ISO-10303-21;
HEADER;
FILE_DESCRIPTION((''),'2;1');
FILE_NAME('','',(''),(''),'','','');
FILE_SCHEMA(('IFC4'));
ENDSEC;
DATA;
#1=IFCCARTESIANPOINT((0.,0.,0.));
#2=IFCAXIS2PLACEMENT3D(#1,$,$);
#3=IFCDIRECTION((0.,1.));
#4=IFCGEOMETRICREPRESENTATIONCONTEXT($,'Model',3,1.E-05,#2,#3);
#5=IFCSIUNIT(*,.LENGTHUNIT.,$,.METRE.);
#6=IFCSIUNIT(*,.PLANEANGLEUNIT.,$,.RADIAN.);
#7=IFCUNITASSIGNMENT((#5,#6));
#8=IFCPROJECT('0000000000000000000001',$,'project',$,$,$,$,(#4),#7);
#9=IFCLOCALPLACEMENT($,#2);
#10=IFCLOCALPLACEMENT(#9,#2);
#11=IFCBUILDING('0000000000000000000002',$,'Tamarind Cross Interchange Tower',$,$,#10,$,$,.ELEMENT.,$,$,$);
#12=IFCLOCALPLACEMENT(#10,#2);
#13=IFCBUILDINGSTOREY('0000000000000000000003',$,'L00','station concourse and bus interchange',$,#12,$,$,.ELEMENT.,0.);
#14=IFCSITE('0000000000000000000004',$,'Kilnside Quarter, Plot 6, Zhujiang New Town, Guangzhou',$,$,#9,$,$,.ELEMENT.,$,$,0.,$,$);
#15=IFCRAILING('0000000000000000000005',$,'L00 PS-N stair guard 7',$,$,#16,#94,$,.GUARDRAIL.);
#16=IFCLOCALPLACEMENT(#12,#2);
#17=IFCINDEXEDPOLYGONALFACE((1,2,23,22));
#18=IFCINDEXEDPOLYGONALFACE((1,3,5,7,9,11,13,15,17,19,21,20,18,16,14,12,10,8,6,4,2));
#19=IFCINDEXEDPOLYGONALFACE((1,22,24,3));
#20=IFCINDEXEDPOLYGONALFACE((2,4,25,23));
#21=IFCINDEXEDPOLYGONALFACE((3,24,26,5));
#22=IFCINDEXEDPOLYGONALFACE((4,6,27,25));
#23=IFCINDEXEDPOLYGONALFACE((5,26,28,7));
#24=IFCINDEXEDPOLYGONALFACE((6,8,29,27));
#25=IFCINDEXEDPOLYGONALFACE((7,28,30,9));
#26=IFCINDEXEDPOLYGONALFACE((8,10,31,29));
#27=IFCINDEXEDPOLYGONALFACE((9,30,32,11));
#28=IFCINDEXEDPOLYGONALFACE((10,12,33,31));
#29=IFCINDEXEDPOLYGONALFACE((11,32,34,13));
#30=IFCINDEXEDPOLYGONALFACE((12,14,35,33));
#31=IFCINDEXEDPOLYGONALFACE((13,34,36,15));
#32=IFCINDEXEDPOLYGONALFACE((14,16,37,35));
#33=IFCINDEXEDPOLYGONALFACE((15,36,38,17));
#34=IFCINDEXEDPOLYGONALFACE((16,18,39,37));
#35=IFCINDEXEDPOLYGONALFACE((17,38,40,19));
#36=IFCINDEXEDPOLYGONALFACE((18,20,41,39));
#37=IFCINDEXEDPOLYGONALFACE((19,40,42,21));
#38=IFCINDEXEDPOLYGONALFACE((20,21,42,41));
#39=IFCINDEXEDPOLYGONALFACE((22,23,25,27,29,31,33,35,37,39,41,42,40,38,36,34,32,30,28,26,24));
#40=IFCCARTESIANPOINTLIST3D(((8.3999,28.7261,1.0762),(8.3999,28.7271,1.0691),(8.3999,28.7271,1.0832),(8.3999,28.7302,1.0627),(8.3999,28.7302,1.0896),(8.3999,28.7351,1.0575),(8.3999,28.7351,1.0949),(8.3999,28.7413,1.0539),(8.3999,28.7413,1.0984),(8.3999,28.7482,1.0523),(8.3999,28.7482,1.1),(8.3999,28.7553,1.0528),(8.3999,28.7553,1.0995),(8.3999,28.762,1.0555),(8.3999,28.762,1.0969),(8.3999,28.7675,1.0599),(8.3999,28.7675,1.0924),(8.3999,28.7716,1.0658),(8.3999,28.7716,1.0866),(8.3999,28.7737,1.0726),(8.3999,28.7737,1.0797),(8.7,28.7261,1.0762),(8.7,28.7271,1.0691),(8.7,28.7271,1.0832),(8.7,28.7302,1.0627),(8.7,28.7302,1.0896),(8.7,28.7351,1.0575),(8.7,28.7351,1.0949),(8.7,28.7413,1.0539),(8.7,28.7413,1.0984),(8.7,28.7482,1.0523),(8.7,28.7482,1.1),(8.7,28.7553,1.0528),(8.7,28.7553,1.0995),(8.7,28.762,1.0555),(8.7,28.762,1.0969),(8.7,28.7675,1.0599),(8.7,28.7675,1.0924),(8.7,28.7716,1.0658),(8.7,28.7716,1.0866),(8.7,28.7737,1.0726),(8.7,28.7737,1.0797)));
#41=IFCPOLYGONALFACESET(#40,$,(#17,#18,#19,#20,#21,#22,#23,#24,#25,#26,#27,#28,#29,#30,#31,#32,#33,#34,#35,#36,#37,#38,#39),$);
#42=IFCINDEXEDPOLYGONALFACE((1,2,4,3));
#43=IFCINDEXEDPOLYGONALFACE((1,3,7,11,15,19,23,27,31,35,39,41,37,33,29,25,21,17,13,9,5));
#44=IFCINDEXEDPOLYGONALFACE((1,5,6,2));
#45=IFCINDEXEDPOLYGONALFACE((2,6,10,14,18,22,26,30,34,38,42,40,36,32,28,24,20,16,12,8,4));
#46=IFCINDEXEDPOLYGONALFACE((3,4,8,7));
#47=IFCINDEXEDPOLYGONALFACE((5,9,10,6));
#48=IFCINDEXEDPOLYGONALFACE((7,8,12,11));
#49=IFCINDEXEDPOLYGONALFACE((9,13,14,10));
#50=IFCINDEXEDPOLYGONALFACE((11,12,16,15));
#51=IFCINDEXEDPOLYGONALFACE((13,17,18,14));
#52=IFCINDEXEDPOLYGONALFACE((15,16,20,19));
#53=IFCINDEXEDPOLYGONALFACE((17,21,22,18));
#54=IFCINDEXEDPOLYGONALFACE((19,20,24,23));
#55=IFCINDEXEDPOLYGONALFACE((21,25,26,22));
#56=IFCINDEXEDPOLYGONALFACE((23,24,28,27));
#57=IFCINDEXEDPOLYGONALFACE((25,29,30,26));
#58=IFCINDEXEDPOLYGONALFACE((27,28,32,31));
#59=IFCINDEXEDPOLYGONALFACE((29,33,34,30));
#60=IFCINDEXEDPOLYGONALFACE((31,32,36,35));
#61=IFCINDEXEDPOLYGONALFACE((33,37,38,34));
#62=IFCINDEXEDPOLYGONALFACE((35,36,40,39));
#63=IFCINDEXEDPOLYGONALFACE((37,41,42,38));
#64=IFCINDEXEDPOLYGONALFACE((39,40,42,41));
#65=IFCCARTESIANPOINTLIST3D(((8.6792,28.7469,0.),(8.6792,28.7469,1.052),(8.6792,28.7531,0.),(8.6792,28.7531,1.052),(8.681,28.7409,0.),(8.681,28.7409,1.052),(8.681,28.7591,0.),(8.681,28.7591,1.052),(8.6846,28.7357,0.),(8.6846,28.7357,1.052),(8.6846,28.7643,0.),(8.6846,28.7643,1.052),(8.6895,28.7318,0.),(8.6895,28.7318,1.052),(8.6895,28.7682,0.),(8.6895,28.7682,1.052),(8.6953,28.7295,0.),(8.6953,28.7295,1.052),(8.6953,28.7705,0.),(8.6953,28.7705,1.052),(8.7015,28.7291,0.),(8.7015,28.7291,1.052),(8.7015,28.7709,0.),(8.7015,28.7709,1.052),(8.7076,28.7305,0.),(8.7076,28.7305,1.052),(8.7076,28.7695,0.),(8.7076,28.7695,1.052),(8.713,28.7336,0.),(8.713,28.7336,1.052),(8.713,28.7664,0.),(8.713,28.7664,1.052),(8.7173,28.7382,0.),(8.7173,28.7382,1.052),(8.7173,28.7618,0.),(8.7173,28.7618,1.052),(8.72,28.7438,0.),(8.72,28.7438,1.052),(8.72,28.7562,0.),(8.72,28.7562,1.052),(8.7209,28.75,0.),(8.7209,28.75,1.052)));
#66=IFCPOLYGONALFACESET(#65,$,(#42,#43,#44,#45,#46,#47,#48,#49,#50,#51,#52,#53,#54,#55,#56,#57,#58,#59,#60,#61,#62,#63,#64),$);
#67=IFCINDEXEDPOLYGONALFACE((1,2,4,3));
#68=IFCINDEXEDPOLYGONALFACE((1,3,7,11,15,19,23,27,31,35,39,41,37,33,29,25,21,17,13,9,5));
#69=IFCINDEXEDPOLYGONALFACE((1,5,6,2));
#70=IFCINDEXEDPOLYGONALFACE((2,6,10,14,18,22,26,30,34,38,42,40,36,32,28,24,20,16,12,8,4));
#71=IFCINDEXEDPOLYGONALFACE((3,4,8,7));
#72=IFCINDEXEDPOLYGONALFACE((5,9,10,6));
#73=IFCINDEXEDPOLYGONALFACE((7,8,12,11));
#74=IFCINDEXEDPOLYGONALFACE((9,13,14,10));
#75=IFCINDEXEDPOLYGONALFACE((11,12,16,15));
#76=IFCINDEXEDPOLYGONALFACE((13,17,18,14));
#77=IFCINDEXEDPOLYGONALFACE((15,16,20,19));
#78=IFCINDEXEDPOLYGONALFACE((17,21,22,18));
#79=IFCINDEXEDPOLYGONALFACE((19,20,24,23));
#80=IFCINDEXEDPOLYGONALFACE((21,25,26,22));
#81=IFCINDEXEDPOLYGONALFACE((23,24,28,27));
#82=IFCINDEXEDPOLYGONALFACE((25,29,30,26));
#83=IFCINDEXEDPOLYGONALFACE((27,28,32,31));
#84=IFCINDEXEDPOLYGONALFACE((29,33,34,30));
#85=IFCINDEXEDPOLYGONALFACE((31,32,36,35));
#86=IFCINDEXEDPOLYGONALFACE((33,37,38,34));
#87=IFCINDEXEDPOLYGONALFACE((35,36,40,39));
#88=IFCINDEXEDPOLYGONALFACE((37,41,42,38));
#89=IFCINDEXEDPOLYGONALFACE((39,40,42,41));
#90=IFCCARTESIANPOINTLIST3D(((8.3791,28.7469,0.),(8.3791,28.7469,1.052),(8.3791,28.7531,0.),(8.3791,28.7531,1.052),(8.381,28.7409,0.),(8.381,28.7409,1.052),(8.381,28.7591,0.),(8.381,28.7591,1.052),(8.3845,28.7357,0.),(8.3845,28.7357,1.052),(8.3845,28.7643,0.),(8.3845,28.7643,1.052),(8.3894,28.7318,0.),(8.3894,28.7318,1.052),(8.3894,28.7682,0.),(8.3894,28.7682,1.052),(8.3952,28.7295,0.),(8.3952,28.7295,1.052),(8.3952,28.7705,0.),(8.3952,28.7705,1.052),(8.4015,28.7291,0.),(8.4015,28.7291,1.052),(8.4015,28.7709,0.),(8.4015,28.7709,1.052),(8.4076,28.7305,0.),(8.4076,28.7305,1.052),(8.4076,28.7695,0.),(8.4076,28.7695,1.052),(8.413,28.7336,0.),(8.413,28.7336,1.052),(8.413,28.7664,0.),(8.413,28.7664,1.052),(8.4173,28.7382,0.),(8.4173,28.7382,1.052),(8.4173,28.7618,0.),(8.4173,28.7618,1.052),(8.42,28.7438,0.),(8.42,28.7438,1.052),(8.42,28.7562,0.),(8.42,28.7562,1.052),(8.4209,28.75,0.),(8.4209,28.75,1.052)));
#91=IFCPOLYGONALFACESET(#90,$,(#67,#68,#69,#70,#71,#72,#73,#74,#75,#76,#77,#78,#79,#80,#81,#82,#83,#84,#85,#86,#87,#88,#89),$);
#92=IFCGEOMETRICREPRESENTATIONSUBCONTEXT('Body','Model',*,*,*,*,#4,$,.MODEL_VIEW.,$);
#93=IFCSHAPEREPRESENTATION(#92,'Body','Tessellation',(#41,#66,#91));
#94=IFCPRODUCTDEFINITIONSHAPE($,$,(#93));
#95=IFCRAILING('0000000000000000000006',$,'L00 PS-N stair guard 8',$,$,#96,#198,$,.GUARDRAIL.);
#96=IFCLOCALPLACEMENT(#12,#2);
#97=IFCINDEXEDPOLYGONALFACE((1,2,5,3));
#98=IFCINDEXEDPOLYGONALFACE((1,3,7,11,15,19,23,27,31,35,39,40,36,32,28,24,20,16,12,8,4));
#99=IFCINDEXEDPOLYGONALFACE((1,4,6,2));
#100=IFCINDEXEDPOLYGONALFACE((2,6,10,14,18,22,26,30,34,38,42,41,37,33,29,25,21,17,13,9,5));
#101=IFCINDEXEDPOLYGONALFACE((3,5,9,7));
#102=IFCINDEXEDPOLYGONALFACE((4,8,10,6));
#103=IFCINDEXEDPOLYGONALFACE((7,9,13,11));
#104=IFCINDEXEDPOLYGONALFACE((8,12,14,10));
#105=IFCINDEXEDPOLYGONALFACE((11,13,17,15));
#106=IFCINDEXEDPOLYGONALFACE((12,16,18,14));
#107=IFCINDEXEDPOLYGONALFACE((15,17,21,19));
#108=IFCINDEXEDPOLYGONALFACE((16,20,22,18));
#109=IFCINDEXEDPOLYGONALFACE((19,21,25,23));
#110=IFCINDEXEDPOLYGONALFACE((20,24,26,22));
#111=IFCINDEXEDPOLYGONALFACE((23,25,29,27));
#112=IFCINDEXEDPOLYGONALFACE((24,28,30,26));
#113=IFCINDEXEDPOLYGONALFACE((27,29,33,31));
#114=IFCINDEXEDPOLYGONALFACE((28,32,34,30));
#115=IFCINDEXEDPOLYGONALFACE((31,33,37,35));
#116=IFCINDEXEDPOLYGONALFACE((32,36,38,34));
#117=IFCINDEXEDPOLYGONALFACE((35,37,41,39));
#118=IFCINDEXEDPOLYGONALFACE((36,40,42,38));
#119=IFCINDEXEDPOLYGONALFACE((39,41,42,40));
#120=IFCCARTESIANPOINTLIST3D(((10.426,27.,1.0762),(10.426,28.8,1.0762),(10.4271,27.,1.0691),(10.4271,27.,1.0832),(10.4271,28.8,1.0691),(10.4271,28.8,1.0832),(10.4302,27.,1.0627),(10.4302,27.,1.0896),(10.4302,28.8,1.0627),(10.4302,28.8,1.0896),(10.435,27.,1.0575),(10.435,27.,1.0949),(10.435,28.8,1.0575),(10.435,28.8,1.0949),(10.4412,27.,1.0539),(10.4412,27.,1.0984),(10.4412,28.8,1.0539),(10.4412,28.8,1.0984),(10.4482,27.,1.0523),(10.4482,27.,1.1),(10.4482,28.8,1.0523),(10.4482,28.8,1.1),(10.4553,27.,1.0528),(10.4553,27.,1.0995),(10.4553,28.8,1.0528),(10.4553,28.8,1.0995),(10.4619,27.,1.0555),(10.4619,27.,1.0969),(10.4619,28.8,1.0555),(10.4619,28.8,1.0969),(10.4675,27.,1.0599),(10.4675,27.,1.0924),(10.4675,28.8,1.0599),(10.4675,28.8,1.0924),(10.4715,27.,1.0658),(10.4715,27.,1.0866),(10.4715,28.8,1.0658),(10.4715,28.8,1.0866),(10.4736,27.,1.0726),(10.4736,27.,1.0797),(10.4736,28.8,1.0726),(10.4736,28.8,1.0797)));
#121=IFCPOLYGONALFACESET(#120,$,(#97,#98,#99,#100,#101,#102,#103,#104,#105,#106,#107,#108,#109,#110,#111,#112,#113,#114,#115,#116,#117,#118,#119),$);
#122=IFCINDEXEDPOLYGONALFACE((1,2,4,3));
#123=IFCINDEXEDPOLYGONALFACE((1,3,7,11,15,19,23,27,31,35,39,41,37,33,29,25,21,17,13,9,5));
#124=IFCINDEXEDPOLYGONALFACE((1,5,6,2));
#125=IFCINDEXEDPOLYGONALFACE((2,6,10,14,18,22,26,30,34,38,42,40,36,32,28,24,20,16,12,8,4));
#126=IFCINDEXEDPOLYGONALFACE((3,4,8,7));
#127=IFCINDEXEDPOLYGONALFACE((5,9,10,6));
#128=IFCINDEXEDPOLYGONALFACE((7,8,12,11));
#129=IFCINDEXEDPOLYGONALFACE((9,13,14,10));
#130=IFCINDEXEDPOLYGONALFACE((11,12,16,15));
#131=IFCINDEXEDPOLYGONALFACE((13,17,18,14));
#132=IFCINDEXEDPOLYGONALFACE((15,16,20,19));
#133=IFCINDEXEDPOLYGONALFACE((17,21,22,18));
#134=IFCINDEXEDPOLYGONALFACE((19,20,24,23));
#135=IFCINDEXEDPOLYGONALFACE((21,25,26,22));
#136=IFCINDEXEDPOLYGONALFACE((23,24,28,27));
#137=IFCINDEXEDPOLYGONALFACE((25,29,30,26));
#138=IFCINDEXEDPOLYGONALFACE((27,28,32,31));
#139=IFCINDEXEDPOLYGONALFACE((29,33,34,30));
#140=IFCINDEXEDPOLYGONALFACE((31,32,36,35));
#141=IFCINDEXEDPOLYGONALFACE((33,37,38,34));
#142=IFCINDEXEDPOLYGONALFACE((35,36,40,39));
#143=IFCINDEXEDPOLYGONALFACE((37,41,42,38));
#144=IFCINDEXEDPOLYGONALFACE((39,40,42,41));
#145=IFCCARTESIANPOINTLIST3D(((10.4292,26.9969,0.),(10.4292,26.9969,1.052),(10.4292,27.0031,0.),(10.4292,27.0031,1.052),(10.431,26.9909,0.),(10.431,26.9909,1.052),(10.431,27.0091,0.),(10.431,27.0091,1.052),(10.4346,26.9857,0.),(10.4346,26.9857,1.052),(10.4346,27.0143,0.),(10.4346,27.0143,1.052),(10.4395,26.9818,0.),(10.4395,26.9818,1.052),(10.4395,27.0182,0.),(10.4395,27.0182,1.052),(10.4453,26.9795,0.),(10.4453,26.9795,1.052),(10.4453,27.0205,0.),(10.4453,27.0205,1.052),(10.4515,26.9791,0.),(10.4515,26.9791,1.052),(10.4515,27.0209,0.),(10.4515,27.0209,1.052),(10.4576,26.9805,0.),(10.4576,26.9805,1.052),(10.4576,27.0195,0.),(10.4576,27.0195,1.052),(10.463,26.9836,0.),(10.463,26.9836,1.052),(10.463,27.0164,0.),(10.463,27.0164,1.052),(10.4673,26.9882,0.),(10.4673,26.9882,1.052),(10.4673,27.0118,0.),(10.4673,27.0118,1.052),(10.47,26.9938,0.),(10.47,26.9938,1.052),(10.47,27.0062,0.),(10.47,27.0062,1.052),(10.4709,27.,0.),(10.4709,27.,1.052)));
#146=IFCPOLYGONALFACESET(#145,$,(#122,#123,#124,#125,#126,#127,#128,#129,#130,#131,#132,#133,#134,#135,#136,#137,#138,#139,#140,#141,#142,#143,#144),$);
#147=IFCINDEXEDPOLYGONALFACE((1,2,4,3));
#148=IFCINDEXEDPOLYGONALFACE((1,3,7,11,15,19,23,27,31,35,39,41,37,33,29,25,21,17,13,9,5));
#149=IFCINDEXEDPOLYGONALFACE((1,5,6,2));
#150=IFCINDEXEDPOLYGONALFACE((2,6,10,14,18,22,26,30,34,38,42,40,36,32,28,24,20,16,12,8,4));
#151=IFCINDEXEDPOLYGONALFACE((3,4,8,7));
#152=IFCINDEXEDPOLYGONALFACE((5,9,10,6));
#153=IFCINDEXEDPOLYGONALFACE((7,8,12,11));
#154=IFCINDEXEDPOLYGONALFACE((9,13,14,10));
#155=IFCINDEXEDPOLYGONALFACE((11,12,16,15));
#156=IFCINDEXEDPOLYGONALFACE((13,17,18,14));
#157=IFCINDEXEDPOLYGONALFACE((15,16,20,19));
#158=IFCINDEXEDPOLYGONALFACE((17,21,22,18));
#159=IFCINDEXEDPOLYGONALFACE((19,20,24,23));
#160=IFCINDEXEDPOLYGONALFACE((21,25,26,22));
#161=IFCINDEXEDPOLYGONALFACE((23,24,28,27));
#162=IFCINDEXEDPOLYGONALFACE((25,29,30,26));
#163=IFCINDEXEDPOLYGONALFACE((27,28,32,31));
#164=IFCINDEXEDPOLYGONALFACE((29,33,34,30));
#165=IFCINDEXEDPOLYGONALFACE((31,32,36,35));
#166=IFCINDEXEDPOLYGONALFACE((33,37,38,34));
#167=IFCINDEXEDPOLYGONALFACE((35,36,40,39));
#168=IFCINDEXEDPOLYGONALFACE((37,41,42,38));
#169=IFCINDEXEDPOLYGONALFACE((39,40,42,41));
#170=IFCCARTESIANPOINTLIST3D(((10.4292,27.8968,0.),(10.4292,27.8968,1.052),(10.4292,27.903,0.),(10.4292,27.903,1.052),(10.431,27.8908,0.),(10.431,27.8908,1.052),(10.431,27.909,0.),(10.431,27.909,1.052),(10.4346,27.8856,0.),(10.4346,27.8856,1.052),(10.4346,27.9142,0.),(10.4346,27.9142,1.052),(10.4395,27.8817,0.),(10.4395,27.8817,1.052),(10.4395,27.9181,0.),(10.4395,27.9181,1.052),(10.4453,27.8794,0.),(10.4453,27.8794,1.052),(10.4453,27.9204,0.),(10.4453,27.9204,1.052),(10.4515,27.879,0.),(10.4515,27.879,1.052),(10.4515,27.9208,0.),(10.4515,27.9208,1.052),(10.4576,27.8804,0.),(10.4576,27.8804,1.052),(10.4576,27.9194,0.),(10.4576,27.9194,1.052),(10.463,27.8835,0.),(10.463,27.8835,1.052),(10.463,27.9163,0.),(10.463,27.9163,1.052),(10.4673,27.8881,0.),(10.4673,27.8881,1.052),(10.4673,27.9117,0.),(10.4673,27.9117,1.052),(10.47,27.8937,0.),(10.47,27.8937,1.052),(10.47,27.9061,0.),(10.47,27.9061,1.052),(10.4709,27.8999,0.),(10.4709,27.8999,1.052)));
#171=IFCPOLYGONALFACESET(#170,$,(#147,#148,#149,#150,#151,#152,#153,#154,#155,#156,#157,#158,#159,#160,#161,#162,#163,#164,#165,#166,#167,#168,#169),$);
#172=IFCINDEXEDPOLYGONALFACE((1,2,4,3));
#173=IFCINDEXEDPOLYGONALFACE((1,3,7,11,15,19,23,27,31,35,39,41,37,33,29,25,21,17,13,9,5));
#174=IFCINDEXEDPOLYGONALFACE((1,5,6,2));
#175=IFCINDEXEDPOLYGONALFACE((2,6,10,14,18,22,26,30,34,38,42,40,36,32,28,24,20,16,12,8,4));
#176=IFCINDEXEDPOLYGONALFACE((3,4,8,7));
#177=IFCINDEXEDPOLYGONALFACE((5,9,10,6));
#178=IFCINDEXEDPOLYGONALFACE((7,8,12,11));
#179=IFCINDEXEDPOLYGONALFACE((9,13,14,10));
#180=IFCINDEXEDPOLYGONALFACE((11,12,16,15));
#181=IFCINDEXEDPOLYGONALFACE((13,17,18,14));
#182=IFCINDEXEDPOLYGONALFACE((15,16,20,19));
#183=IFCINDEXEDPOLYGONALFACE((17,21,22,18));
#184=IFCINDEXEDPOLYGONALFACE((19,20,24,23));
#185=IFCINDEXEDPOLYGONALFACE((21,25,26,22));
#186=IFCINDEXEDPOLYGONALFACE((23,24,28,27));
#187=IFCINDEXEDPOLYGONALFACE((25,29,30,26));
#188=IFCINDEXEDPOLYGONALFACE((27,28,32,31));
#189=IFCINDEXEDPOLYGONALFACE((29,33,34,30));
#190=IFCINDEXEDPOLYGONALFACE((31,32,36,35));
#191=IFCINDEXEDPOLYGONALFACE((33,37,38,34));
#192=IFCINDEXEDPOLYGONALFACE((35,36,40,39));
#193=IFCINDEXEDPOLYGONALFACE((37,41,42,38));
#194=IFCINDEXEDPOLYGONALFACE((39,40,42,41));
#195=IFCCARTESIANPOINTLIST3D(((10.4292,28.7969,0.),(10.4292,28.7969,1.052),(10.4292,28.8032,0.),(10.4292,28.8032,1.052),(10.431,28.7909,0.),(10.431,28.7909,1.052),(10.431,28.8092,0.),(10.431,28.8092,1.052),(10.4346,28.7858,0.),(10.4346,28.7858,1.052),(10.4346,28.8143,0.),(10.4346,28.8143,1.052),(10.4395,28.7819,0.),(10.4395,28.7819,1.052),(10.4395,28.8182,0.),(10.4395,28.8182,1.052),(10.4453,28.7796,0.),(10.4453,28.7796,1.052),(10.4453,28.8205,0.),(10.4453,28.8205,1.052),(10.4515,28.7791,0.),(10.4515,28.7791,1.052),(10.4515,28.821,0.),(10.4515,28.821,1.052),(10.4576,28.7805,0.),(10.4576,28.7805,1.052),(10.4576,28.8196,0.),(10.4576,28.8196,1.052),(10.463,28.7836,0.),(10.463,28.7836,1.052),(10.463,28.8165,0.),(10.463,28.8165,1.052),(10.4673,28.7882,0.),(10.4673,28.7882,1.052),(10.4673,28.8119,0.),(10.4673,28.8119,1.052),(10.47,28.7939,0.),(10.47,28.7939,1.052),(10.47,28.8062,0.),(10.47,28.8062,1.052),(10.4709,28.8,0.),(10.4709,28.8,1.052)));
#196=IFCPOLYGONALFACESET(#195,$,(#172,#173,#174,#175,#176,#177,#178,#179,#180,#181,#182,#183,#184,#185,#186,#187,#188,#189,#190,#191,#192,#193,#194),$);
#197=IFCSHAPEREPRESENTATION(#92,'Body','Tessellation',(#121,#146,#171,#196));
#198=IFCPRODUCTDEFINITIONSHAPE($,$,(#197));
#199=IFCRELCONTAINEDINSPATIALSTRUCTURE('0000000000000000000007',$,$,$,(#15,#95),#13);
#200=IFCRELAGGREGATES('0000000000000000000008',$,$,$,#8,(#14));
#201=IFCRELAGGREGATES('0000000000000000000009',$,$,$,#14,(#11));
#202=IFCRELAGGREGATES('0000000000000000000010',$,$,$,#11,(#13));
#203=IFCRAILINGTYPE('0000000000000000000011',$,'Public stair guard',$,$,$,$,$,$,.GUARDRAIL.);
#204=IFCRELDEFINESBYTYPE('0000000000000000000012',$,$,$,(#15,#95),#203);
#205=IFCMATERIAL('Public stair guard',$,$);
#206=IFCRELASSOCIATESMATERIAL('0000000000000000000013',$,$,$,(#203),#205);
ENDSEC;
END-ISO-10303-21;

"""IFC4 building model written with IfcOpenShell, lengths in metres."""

from ifc_helpers import new_model, si_unit, direction, frame, origin, origin_2d, place, context, subcontext, project, spatial, circle, extrude, material, type_object, element, save


model = new_model("IFC4")

# Units and contexts
model_context = context("Model", 3, precision=1e-05, world=origin(), true_north=direction((0.0, 1.0)))
body_context = subcontext(model_context, "Body", "Model", "MODEL_VIEW")
ifc_project = project(units=[si_unit("LENGTHUNIT", "METRE"), si_unit("PLANEANGLEUNIT", "RADIAN")], contexts=[model_context])

# Site, building, storey
site_placement = place(None, origin())
site = spatial("IfcSite", under=ifc_project, at=site_placement, Name="Kilnside Quarter, Plot 6, Zhujiang New Town, Guangzhou", CompositionType="ELEMENT", RefElevation=0.0)
building_placement = place(site_placement, origin())
building = spatial("IfcBuilding", under=site, at=building_placement, Name="Tamarind Cross Interchange Tower", CompositionType="ELEMENT")
storey_placement = place(building_placement, origin())
storey = spatial("IfcBuildingStorey", under=building, at=storey_placement, Name="L00", Description="station concourse and bus interchange", CompositionType="ELEMENT", Elevation=0.0)

# Railings
ifc_material_1 = material(Name="Public stair guard")
railing_type_1 = type_object("IfcRailingType", Name="Public stair guard", PredefinedType="GUARDRAIL", material=ifc_material_1)
railing_1_placement = place(storey_placement, frame((8.7, 28.75, 0.0)))
element("IfcRailing", 1, at=railing_1_placement, inside=storey, type_object=railing_type_1, Name="L00 PS-N stair guard 7", PredefinedType="GUARDRAIL", context=body_context, shape_type="SweptSolid", body=[
    extrude(circle(Radius=0.0239, at=origin_2d()), frame((0.0, 0.0, 1.0762), z_axis=(-1.0, 0.0, 0.0), x_axis=(0.0, -1.0, 0.0)), (0.0, 0.0, 1.0), 0.3),
    extrude(circle(Radius=0.021, at=origin_2d()), origin(), (0.0, 0.0, 1.0), 1.052),
    extrude(circle(Radius=0.021, at=origin_2d()), frame((-0.3, 0.0, 0.0)), (0.0, 0.0, 1.0), 1.052),
])
railing_2_placement = place(storey_placement, frame((10.45, 27.0, 0.0)))
element("IfcRailing", 2, at=railing_2_placement, inside=storey, type_object=railing_type_1, Name="L00 PS-N stair guard 8", PredefinedType="GUARDRAIL", context=body_context, shape_type="SweptSolid", body=[
    extrude(circle(Radius=0.0239, at=origin_2d()), frame((0.0, 0.0, 1.0762), z_axis=(0.0, 1.0, 0.0), x_axis=(-1.0, 0.0, 0.0)), (0.0, 0.0, 1.0), 1.8),
    extrude(circle(Radius=0.021, at=origin_2d()), origin(), (0.0, 0.0, 1.0), 1.052),
    extrude(circle(Radius=0.021, at=origin_2d()), frame((0.0, 0.8999, 0.0)), (0.0, 0.0, 1.0), 1.052),
    extrude(circle(Radius=0.021, at=origin_2d()), frame((0.0, 1.8, 0.0)), (0.0, 0.0, 1.0), 1.052),
])

save(model, "model.ifc")
